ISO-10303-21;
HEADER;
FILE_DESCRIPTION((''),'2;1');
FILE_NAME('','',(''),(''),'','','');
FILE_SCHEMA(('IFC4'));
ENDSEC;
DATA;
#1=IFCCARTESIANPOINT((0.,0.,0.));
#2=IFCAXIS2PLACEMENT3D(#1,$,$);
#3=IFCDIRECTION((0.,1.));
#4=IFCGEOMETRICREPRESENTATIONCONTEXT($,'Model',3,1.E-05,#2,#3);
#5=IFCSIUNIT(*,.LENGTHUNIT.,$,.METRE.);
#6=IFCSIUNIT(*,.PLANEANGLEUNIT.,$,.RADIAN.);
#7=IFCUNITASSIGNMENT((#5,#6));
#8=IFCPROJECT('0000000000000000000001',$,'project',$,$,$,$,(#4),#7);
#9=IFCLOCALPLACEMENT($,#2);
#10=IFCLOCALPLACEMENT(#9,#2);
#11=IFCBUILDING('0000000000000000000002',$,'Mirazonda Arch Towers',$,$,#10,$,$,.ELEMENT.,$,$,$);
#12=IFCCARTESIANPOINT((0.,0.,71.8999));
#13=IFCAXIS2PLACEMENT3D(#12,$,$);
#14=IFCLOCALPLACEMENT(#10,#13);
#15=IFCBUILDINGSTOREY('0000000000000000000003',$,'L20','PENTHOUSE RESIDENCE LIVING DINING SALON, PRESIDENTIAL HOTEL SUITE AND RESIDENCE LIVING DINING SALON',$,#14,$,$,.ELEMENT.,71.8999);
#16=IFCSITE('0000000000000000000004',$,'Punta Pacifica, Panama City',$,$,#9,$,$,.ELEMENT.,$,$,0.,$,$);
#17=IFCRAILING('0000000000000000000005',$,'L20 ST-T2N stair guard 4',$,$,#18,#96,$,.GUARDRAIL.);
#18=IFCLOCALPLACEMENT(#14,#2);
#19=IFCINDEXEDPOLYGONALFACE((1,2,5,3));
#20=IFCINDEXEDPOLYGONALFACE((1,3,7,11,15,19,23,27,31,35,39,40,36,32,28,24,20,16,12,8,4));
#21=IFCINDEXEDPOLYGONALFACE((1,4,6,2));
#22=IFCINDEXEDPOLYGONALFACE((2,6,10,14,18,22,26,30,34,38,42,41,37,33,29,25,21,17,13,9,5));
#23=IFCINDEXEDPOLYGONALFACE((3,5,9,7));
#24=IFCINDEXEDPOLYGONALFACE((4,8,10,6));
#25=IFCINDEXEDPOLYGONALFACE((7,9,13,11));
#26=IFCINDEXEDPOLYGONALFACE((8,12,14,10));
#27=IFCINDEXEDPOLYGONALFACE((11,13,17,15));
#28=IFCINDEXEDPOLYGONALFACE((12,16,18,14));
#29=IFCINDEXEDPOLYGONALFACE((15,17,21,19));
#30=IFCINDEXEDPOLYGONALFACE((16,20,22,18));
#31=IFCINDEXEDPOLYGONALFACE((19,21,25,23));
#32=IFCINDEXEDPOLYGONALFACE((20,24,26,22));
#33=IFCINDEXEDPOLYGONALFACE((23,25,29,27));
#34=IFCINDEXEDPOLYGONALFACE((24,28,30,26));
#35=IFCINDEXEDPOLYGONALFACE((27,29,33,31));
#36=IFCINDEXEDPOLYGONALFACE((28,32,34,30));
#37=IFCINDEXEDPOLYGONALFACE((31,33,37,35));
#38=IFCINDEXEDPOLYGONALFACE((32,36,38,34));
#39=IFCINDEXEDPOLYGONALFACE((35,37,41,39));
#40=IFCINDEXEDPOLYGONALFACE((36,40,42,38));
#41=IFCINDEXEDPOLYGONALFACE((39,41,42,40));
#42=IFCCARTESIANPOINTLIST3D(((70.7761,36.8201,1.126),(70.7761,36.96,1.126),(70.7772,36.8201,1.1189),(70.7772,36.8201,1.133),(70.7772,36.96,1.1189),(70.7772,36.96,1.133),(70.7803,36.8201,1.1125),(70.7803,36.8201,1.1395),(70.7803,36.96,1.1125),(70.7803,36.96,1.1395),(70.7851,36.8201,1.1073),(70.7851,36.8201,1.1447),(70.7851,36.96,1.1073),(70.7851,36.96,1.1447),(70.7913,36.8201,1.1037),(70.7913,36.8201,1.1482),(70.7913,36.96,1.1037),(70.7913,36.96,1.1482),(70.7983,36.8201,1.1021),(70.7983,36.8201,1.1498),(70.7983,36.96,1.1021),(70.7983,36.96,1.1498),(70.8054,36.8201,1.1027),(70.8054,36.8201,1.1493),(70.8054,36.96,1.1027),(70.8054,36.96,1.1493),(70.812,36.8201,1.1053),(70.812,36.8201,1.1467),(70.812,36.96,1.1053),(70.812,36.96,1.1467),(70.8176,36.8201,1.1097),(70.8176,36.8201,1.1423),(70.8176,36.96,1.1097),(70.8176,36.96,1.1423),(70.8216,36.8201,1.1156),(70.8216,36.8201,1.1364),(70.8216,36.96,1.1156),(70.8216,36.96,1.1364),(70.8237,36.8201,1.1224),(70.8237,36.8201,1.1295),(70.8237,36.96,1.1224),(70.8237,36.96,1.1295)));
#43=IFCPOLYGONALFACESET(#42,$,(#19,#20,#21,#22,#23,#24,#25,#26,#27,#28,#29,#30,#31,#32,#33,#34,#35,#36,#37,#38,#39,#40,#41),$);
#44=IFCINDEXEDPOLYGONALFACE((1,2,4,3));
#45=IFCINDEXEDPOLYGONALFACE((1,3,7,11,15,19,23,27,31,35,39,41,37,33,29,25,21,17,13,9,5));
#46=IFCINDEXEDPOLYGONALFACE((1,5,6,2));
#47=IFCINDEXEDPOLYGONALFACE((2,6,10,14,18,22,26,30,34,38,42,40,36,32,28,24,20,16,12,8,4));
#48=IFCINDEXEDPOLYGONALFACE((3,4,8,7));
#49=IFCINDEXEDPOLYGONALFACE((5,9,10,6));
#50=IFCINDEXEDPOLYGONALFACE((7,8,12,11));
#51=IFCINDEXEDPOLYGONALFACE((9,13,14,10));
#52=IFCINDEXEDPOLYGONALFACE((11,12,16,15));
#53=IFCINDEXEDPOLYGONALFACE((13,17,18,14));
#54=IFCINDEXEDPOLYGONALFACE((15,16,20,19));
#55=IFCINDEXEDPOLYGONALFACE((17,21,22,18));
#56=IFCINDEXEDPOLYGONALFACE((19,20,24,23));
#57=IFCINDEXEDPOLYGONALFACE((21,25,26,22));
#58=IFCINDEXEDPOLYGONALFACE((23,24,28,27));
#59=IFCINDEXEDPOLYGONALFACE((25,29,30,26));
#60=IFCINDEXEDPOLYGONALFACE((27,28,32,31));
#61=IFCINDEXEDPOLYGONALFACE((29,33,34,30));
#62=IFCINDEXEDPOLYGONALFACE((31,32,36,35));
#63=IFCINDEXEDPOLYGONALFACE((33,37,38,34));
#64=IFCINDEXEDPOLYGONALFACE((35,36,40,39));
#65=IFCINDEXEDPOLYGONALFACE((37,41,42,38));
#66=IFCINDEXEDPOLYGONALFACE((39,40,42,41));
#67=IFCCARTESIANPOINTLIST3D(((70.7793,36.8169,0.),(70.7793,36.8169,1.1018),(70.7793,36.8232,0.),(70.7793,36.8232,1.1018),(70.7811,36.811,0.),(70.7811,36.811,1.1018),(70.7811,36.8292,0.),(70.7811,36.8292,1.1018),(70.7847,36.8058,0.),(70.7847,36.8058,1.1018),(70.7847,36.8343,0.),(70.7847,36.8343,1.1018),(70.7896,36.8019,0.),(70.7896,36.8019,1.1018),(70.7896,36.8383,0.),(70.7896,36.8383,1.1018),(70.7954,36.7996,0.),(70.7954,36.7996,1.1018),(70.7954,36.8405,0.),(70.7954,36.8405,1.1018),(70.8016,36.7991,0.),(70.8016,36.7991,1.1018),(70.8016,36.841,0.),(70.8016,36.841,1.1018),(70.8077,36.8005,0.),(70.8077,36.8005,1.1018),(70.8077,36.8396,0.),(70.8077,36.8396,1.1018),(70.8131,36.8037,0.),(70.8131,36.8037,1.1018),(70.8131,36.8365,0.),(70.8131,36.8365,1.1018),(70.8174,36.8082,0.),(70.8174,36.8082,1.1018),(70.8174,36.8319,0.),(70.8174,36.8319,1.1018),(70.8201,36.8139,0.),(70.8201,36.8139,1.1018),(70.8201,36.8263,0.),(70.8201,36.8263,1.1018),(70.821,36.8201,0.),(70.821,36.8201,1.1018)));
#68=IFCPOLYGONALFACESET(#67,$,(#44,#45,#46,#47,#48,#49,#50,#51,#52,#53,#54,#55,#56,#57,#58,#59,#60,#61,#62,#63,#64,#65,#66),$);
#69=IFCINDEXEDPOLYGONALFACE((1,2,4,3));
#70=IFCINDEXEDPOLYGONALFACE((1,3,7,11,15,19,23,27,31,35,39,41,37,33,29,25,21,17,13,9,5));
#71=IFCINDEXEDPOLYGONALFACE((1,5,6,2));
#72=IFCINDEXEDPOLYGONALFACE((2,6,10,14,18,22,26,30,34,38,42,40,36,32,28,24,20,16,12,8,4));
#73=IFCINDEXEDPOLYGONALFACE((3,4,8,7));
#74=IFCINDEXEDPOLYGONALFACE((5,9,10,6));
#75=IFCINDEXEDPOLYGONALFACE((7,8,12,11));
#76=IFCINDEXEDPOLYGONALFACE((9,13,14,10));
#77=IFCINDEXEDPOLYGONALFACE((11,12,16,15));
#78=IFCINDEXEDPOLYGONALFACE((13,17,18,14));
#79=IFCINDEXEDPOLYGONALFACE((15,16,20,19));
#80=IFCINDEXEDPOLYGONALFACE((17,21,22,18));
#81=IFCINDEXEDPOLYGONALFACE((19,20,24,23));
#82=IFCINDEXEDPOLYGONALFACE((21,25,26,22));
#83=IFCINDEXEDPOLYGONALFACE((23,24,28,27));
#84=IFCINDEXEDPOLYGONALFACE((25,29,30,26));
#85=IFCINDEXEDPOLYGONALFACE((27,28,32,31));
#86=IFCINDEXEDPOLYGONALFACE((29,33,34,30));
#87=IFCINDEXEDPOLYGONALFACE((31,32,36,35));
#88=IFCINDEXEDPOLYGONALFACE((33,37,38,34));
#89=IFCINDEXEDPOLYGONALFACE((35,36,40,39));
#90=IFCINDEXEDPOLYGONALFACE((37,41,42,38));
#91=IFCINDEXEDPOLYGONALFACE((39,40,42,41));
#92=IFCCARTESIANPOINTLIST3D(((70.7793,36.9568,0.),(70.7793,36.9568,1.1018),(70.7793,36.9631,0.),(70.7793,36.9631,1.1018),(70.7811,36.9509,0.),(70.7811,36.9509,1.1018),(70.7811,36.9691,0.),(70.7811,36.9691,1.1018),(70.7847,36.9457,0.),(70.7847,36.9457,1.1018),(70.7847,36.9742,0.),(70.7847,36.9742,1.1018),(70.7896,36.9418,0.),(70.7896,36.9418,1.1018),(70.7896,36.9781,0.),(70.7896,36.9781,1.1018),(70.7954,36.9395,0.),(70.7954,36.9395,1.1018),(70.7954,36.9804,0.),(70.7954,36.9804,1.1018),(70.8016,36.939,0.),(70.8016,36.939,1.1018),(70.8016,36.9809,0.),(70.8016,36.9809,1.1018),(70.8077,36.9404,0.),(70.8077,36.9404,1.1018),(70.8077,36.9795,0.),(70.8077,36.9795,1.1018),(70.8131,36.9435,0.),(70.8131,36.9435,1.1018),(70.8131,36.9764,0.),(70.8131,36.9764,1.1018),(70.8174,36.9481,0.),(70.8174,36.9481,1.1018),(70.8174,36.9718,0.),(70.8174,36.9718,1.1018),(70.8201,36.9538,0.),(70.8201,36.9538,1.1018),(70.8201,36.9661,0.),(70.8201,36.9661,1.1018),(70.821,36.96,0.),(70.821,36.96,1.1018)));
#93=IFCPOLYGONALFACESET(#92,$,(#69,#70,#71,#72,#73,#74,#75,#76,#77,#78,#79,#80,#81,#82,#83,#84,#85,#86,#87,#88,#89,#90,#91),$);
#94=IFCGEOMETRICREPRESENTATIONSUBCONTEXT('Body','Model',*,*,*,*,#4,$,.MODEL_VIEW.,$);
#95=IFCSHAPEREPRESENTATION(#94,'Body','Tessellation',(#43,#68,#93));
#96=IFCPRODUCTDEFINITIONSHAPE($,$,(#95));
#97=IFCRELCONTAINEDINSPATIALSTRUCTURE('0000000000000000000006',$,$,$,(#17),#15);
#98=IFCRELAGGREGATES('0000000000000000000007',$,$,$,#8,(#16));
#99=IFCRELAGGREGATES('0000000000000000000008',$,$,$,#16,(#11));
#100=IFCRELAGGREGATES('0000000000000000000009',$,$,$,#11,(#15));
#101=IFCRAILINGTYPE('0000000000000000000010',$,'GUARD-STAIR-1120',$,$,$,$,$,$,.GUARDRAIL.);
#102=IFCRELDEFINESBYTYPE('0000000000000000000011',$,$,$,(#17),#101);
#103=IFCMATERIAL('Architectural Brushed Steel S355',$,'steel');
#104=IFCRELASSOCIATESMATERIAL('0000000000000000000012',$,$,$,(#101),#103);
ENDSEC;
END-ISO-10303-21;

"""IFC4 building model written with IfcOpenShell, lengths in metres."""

from ifc_helpers import new_model, si_unit, direction, frame, origin, origin_2d, place, context, subcontext, project, spatial, circle, extrude, material, type_object, element, save


model = new_model("IFC4")

# Units and contexts
model_context = context("Model", 3, precision=1e-05, world=origin(), true_north=direction((0.0, 1.0)))
body_context = subcontext(model_context, "Body", "Model", "MODEL_VIEW")
ifc_project = project(units=[si_unit("LENGTHUNIT", "METRE"), si_unit("PLANEANGLEUNIT", "RADIAN")], contexts=[model_context])

# Site, building, storey
site_placement = place(None, origin())
site = spatial("IfcSite", under=ifc_project, at=site_placement, Name="Punta Pacifica, Panama City", CompositionType="ELEMENT", RefElevation=0.0)
building_placement = place(site_placement, origin())
building = spatial("IfcBuilding", under=site, at=building_placement, Name="Mirazonda Arch Towers", CompositionType="ELEMENT")
storey_placement = place(building_placement, frame((0.0, 0.0, 71.8999)))
storey = spatial("IfcBuildingStorey", under=building, at=storey_placement, Name="L20", Description="PENTHOUSE RESIDENCE LIVING DINING SALON, PRESIDENTIAL HOTEL SUITE AND RESIDENCE LIVING DINING SALON", CompositionType="ELEMENT", Elevation=71.8999)

# Railing
ifc_material_1 = material(Name="Architectural Brushed Steel S355", Category="steel")
railing_type_1 = type_object("IfcRailingType", Name="GUARD-STAIR-1120", PredefinedType="GUARDRAIL", material=ifc_material_1)
railing_1_placement = place(storey_placement, frame((70.8, 36.8201, 0.0)))
element("IfcRailing", 1, at=railing_1_placement, inside=storey, type_object=railing_type_1, Name="L20 ST-T2N stair guard 4", PredefinedType="GUARDRAIL", context=body_context, shape_type="SweptSolid", body=[
    extrude(circle(Radius=0.0239, at=origin_2d()), frame((0.0, 0.0, 1.126), z_axis=(0.0, 1.0, 0.0), x_axis=(-1.0, 0.0, 0.0)), (0.0, 0.0, 1.0), 0.1399),
    extrude(circle(Radius=0.021, at=origin_2d()), origin(), (0.0, 0.0, 1.0), 1.1018),
    extrude(circle(Radius=0.021, at=origin_2d()), frame((0.0, 0.1399, 0.0)), (0.0, 0.0, 1.0), 1.1018),
])

save(model, "model.ifc")
